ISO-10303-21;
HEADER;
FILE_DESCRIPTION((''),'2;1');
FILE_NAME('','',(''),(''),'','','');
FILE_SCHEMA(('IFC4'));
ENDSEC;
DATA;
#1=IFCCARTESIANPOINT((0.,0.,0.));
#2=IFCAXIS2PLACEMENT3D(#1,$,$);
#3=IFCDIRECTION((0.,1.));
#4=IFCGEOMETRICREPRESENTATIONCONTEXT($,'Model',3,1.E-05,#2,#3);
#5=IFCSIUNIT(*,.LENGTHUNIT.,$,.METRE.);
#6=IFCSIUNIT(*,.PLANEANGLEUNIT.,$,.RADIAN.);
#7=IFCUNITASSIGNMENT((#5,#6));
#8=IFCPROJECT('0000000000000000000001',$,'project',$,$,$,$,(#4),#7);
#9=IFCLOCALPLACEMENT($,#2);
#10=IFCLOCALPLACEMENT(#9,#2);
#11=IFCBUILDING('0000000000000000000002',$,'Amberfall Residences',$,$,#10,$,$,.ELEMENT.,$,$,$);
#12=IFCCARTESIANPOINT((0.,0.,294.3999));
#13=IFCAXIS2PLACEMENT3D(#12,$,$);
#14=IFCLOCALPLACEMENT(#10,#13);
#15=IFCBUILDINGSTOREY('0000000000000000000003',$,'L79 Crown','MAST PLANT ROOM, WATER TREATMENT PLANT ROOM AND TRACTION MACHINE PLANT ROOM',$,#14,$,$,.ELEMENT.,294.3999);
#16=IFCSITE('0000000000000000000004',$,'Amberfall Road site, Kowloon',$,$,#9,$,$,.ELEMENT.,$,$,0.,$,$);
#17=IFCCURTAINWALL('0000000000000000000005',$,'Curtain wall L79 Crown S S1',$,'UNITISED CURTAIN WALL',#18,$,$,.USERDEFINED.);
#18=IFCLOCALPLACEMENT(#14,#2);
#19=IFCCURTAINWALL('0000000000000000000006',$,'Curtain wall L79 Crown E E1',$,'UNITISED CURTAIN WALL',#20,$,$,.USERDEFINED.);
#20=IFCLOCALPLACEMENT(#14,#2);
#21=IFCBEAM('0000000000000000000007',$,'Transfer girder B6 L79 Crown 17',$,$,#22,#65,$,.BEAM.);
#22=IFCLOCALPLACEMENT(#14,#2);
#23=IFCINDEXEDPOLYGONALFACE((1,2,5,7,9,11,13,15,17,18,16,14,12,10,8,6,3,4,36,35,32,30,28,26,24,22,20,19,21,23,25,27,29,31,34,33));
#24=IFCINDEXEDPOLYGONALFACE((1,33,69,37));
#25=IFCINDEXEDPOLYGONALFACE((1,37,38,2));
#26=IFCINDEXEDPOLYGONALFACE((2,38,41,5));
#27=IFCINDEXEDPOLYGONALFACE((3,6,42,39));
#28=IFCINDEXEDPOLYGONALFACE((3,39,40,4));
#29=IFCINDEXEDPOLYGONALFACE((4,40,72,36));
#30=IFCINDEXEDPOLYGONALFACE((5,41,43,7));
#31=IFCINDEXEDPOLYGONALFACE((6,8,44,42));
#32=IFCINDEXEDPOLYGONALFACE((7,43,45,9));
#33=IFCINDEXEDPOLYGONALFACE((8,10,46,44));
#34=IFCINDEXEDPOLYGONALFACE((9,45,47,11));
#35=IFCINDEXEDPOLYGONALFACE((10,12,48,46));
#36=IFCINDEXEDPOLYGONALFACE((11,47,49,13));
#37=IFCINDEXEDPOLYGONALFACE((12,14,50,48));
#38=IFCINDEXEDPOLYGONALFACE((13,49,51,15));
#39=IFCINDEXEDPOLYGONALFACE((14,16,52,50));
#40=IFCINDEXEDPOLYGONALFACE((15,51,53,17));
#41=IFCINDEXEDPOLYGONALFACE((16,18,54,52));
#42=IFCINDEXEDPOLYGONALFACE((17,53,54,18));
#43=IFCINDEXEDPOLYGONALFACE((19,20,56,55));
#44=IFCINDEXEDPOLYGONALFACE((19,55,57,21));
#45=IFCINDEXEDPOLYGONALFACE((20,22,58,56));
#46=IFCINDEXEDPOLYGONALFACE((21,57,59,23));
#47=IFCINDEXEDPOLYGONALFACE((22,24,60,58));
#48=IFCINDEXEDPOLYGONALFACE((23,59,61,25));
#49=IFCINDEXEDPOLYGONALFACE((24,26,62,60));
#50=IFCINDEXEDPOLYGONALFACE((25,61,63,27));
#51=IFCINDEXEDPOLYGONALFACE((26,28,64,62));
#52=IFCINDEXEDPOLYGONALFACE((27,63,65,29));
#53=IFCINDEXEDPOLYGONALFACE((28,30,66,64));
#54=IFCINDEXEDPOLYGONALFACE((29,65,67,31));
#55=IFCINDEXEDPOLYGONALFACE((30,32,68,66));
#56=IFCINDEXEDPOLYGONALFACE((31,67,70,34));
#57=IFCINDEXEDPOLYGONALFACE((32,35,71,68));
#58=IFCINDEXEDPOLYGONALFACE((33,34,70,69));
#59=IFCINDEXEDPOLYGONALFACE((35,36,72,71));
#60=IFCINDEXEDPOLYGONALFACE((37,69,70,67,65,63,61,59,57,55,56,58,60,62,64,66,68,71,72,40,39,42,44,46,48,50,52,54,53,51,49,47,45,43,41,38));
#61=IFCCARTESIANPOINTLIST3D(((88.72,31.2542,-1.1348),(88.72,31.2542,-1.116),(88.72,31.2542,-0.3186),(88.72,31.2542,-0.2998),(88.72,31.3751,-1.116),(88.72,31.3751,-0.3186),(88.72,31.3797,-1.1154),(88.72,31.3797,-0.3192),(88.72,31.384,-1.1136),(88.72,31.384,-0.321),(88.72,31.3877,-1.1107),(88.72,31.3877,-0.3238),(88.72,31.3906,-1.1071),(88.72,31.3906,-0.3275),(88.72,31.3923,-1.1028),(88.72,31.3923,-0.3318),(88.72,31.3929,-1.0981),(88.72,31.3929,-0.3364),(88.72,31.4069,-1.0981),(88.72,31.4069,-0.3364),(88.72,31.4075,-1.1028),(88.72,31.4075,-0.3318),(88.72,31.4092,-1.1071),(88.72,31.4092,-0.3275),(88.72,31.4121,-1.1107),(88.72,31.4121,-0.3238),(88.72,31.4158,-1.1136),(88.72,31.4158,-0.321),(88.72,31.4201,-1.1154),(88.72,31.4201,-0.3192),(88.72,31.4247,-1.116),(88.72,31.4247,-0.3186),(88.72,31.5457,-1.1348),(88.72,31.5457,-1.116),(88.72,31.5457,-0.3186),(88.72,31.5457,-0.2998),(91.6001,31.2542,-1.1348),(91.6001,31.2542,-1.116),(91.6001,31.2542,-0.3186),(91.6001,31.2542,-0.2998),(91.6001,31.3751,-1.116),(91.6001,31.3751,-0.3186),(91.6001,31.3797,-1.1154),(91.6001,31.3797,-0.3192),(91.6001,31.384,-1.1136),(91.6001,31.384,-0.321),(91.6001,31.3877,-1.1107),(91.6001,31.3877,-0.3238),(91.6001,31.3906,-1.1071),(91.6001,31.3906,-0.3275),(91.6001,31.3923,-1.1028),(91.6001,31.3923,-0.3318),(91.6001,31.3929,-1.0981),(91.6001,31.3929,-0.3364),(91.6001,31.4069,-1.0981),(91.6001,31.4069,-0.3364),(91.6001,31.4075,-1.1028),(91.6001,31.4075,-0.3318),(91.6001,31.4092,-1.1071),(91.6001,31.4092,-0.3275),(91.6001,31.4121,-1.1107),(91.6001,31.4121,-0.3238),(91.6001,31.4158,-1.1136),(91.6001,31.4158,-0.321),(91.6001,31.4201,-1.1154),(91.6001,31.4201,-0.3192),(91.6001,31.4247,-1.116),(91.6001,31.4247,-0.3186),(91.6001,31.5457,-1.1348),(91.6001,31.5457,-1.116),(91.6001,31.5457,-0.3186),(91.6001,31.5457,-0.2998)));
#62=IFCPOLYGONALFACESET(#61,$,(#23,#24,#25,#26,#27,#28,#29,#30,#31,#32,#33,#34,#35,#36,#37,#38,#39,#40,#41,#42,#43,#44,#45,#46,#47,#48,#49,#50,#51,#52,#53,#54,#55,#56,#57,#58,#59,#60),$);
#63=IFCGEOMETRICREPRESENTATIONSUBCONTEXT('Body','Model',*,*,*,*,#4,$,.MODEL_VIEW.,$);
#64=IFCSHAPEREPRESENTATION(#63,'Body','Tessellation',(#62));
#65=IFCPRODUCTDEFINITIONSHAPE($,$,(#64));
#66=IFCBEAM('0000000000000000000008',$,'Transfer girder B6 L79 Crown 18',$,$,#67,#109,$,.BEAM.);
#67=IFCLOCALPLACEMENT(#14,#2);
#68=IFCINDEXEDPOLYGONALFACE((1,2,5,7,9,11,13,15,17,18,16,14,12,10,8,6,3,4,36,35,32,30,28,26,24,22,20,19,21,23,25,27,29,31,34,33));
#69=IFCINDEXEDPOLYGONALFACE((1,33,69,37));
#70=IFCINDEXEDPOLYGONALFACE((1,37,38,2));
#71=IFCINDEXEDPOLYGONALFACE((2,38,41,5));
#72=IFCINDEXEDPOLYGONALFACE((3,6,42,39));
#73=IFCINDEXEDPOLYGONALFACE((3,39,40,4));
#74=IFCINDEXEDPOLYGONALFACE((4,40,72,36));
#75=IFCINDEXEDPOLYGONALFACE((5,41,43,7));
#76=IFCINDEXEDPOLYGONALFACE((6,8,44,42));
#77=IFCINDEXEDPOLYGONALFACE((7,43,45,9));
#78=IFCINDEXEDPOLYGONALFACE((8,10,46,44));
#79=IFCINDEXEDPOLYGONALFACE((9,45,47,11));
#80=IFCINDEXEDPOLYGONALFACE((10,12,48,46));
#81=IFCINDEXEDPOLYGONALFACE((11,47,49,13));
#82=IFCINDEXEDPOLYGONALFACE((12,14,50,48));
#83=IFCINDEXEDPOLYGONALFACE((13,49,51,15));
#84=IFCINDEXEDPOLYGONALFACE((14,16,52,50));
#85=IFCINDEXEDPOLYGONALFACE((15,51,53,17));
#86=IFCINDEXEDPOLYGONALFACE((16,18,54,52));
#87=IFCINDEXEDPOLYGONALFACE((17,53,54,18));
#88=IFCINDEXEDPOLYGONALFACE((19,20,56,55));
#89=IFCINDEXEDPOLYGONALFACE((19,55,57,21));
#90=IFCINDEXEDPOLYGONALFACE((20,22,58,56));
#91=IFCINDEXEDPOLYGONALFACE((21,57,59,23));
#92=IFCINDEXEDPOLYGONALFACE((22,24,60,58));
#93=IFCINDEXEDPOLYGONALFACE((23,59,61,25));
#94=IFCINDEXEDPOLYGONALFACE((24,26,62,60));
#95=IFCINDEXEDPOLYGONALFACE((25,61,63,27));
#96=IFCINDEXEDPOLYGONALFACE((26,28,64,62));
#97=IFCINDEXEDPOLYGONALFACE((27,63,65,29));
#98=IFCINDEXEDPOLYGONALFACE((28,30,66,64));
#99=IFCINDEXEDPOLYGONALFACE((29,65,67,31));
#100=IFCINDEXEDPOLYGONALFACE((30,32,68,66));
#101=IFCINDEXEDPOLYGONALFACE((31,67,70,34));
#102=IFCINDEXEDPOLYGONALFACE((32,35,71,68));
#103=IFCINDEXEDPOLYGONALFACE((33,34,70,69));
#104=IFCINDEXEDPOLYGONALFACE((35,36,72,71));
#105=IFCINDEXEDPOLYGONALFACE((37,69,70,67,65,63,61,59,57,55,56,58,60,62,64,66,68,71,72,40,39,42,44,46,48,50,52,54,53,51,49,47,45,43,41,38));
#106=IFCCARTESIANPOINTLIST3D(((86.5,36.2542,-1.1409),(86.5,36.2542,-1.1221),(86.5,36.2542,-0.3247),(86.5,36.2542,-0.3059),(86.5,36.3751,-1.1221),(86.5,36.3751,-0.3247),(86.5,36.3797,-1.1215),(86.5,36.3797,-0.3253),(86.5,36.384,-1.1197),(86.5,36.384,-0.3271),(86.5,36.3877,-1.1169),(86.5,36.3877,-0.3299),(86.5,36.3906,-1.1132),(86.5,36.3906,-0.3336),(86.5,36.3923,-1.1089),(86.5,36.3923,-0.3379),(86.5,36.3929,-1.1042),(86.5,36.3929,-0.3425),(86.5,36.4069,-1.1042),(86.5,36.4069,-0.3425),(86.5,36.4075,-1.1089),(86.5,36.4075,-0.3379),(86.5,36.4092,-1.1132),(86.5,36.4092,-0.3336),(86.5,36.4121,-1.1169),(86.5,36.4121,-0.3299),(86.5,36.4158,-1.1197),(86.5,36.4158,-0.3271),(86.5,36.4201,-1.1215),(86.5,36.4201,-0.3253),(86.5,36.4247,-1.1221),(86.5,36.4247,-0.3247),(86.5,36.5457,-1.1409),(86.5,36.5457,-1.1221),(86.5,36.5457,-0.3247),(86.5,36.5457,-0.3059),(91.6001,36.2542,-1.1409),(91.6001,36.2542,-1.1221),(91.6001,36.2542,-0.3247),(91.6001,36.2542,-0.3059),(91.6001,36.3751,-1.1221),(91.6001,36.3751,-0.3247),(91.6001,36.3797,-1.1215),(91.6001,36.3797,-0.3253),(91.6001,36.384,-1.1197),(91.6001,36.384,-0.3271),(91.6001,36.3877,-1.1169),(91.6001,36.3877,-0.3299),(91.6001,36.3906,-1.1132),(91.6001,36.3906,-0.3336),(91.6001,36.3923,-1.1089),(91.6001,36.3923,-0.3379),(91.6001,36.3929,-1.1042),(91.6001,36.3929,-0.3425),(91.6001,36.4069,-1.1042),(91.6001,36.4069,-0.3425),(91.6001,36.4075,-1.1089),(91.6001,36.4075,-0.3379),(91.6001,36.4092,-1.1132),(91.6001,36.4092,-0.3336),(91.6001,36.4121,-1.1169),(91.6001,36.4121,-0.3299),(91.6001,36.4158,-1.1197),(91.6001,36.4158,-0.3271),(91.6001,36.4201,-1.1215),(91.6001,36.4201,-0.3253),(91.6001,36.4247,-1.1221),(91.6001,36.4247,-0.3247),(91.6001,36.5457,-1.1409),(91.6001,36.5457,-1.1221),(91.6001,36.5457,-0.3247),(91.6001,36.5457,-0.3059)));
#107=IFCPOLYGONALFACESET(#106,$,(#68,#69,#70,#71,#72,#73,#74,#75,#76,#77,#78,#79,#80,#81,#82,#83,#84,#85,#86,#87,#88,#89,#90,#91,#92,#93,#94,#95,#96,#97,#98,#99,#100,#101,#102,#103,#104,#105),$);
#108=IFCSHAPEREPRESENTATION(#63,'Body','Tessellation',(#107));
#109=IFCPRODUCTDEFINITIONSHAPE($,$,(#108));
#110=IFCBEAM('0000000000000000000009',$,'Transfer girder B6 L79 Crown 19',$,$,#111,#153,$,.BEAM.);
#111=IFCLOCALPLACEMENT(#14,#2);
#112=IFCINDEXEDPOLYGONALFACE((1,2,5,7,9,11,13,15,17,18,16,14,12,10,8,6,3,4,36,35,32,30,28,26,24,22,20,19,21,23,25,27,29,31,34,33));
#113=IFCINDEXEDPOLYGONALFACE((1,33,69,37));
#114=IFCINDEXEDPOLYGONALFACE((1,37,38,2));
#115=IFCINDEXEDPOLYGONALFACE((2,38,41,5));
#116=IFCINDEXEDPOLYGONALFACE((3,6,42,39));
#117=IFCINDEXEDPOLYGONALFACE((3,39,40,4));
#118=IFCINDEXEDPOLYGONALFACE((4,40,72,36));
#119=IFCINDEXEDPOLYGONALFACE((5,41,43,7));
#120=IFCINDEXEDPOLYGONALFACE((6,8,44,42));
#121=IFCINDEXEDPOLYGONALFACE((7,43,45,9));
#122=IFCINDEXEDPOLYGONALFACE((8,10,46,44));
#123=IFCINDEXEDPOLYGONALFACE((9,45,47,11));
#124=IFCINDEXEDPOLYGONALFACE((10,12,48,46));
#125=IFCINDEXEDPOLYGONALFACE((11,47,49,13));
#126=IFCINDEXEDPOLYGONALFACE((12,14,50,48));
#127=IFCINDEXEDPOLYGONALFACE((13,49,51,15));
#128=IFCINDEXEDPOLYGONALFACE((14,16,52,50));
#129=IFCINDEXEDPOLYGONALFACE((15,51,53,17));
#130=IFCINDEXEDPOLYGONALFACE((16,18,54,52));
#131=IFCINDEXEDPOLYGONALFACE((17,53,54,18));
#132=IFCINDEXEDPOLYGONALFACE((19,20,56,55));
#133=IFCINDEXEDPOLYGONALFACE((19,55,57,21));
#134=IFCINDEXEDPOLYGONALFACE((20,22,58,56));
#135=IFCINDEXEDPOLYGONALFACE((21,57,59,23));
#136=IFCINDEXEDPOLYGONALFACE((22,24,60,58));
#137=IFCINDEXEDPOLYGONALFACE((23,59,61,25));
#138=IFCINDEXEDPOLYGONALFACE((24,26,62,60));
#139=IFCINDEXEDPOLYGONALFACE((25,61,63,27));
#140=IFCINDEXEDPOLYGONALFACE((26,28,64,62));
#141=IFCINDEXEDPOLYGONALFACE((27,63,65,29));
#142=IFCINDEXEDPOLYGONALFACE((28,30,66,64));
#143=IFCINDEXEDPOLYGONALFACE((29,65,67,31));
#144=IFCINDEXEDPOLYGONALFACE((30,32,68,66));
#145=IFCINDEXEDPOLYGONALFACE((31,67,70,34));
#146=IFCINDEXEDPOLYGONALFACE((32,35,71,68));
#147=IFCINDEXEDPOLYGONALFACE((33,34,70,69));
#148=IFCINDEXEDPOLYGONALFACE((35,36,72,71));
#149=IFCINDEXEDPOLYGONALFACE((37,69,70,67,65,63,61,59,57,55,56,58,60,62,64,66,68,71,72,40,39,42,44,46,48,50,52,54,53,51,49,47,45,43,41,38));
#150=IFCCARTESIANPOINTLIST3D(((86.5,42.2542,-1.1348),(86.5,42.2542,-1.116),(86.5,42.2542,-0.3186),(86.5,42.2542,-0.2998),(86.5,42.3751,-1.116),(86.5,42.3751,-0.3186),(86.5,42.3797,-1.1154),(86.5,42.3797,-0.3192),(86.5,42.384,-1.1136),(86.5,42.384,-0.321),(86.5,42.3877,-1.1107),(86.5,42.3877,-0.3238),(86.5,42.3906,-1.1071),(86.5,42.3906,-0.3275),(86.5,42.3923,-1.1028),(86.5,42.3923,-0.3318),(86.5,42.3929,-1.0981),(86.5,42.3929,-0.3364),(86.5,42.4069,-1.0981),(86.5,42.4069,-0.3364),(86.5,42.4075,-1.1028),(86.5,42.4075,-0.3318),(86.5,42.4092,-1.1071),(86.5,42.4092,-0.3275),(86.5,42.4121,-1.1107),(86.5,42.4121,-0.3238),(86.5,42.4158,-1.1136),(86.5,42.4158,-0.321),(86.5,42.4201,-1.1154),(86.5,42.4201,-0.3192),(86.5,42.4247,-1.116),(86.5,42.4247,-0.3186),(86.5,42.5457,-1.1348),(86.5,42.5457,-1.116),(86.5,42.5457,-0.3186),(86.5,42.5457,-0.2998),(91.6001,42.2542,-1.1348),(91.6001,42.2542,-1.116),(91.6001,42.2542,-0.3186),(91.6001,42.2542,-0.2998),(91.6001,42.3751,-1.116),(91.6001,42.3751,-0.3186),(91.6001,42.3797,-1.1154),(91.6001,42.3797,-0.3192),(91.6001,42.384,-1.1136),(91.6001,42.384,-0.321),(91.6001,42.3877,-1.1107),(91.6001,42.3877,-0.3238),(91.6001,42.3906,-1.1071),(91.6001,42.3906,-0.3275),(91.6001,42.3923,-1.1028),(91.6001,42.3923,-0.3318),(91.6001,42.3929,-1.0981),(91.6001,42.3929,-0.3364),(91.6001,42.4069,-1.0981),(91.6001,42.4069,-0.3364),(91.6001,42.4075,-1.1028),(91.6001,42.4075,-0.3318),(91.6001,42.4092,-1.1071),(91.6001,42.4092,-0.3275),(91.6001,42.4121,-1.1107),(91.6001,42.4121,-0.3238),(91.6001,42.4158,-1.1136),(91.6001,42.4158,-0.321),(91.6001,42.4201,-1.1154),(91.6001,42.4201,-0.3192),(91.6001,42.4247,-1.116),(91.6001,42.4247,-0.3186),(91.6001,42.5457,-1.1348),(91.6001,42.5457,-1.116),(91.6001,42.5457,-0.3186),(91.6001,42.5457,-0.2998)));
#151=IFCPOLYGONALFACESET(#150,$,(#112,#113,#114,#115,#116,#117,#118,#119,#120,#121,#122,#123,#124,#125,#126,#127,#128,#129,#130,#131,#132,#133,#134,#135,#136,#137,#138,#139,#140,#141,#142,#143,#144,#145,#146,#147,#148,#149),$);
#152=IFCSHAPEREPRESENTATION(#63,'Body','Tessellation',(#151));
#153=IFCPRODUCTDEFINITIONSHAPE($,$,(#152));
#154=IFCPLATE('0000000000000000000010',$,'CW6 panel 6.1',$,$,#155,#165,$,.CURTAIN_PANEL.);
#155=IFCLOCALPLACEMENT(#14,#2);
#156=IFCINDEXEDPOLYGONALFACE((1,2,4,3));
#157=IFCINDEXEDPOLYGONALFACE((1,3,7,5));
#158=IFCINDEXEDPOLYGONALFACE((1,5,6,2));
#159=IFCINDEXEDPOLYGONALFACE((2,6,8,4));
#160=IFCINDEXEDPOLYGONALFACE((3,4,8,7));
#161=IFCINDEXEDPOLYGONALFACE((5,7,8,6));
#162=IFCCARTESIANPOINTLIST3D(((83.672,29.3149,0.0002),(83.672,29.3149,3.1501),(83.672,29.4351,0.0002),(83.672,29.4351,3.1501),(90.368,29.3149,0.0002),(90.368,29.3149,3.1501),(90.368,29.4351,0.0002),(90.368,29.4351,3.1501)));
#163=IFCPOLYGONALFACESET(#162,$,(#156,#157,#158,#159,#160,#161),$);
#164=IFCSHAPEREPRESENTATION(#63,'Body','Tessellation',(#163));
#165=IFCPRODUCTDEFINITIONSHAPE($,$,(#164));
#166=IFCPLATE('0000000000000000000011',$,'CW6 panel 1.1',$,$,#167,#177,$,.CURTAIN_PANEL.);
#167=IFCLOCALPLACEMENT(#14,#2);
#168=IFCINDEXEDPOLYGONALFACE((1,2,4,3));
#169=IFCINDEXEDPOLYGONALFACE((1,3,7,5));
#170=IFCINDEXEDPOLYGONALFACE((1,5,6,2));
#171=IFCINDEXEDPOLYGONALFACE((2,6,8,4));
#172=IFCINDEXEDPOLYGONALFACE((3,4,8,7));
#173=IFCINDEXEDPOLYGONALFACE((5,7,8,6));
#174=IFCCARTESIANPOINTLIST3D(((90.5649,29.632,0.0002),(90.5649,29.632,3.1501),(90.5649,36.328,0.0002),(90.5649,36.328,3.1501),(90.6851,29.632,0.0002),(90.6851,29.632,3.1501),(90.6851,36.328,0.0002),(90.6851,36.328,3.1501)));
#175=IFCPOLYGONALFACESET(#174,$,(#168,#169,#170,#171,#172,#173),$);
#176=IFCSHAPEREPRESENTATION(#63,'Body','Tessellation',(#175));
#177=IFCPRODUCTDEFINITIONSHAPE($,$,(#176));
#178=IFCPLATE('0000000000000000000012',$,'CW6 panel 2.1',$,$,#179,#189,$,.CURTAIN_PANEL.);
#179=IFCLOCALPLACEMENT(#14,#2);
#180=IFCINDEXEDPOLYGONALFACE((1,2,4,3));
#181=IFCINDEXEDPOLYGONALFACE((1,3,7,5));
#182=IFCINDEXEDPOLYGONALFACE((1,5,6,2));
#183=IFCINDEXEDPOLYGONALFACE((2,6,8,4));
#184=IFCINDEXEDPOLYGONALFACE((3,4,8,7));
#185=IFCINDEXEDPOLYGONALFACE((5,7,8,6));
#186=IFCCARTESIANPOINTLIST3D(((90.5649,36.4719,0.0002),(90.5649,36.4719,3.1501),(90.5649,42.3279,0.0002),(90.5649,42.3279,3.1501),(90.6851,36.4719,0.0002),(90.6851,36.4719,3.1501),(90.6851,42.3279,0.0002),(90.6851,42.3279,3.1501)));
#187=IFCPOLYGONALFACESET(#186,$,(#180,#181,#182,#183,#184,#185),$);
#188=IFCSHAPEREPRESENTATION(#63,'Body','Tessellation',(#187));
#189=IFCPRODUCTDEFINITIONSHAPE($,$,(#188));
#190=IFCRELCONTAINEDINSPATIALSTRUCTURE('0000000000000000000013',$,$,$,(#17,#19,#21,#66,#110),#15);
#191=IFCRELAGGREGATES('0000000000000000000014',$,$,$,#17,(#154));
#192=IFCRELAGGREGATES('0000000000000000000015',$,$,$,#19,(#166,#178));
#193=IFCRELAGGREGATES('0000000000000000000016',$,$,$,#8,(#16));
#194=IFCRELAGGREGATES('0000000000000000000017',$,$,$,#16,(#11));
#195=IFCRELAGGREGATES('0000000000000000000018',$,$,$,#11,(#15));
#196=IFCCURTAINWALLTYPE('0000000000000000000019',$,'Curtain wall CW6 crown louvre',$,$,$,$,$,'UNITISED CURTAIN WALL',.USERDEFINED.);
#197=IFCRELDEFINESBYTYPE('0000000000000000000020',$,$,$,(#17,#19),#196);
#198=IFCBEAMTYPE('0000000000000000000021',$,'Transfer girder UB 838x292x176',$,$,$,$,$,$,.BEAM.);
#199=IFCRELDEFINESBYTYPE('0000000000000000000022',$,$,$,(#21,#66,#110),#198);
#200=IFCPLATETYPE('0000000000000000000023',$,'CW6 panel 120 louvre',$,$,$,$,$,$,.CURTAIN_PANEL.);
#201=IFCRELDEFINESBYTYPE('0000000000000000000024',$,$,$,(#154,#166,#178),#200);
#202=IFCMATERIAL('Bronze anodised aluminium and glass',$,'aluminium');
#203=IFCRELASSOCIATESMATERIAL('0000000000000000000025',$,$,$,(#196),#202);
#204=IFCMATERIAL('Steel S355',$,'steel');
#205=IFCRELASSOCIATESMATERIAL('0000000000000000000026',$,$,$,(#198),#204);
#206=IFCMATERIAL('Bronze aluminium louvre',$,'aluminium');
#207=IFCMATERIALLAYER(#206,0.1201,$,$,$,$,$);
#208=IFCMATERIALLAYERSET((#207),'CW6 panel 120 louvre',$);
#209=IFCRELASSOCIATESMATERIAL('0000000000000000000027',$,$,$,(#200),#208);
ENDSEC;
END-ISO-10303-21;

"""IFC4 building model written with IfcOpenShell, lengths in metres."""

from ifc_helpers import new_model, si_unit, direction, frame, origin, origin_2d, place, context, subcontext, project, spatial, rectangle, i_section, extrude, material, layer, layer_set, material_profile, profile_set, type_object, element, aggregate, save


model = new_model("IFC4")

# Units and contexts
model_context = context("Model", 3, precision=1e-05, world=origin(), true_north=direction((0.0, 1.0)))
body_context = subcontext(model_context, "Body", "Model", "MODEL_VIEW")
ifc_project = project(units=[si_unit("LENGTHUNIT", "METRE"), si_unit("PLANEANGLEUNIT", "RADIAN")], contexts=[model_context])

# Site, building, storey
site_placement = place(None, origin())
site = spatial("IfcSite", under=ifc_project, at=site_placement, Name="Amberfall Road site, Kowloon", CompositionType="ELEMENT", RefElevation=0.0)
building_placement = place(site_placement, origin())
building = spatial("IfcBuilding", under=site, at=building_placement, Name="Amberfall Residences", CompositionType="ELEMENT")
storey_placement = place(building_placement, frame((0.0, 0.0, 294.3999)))
storey = spatial("IfcBuildingStorey", under=building, at=storey_placement, Name="L79 Crown", Description="MAST PLANT ROOM, WATER TREATMENT PLANT ROOM AND TRACTION MACHINE PLANT ROOM", CompositionType="ELEMENT", Elevation=294.3999)

# Curtain wall
ifc_material_1 = material(Name="Bronze anodised aluminium and glass", Category="aluminium")
curtain_wall_type = type_object("IfcCurtainWallType", Name="Curtain wall CW6 crown louvre", ElementType="UNITISED CURTAIN WALL", PredefinedType="USERDEFINED", material=ifc_material_1)
curtain_wall_1_placement = place(storey_placement, origin())
curtain_wall_1 = element("IfcCurtainWall", 1, at=curtain_wall_1_placement, inside=storey, type_object=curtain_wall_type, Name="Curtain wall L79 Crown S S1", ObjectType="UNITISED CURTAIN WALL", PredefinedType="USERDEFINED")

# Curtain wall
curtain_wall_2_placement = place(storey_placement, origin())
curtain_wall_2 = element("IfcCurtainWall", 2, at=curtain_wall_2_placement, inside=storey, type_object=curtain_wall_type, Name="Curtain wall L79 Crown E E1", ObjectType="UNITISED CURTAIN WALL", PredefinedType="USERDEFINED")

# Beams
ifc_material_2 = material(Name="Steel S355", Category="steel")
ifc_material_profile_1 = material_profile(ifc_material_2, i_section(OverallWidth=0.2915, OverallDepth=0.835, WebThickness=0.0139, FlangeThickness=0.0188, FilletRadius=0.0178, at=origin_2d()), Name="UB 838x292x176")
ifc_profile_set_1 = profile_set([ifc_material_profile_1], Name="Steel S355")
beam_type_1 = type_object("IfcBeamType", Name="Transfer girder UB 838x292x176", PredefinedType="BEAM", material=ifc_profile_set_1)
beam_1_placement = place(storey_placement, frame((91.6001, 31.3999, -0.7173), z_axis=(-1.0, 0.0, 0.0), x_axis=(0.0, -1.0, 0.0)))
element("IfcBeam", 3, at=beam_1_placement, inside=storey, type_object=beam_type_1, Name="Transfer girder B6 L79 Crown 17", PredefinedType="BEAM", context=body_context, shape_type="SweptSolid", body=[
    extrude(i_section(OverallWidth=0.2915, OverallDepth=0.835, WebThickness=0.0139, FlangeThickness=0.0188, FilletRadius=0.0178, at=origin_2d()), origin(), (0.0, 0.0, 1.0), 2.8801),
])
for number, where, z_axis, x_axis, name in (
    (4, (91.6001, 36.3999, -0.7234), (-1.0, 0.0, 0.0), (0.0, -1.0, 0.0), "Transfer girder B6 L79 Crown 18"),
    (5, (91.6001, 42.3999, -0.7173), (-1.0, 0.0, 0.0), (0.0, -1.0, 0.0), "Transfer girder B6 L79 Crown 19"),
):
    element("IfcBeam", number, at=place(storey_placement, frame(where, z_axis=z_axis, x_axis=x_axis)), inside=storey, type_object=beam_type_1, Name=name, PredefinedType="BEAM", context=body_context, shape_type="SweptSolid", body=[
        extrude(i_section(OverallWidth=0.2915, OverallDepth=0.835, WebThickness=0.0139, FlangeThickness=0.0188, FilletRadius=0.0178, at=origin_2d()), origin(), (0.0, 0.0, 1.0), 5.1001),
    ])

# Plates
ifc_material_3 = material(Name="Bronze aluminium louvre", Category="aluminium")
ifc_layer_1 = layer(ifc_material_3, 0.1201)
ifc_layer_set_1 = layer_set([ifc_layer_1], Name="CW6 panel 120 louvre")
plate_type = type_object("IfcPlateType", Name="CW6 panel 120 louvre", PredefinedType="CURTAIN_PANEL", material=ifc_layer_set_1)
plate_1_placement = place(storey_placement, frame((87.02, 29.375, 0.0002), z_axis=(0.0, 0.0, 1.0), x_axis=(1.0, 0.0, 0.0)))
plate_1 = element("IfcPlate", 6, at=plate_1_placement, type_object=plate_type, Name="CW6 panel 6.1", PredefinedType="CURTAIN_PANEL", context=body_context, shape_type="SweptSolid", body=[
    extrude(rectangle(XDim=6.696, YDim=0.1201, at=origin_2d()), origin(), (0.0, 0.0, 1.0), 3.1499),
])
aggregate(curtain_wall_1, [plate_1])
plate_2_placement = place(storey_placement, frame((90.625, 32.98, 0.0002), z_axis=(0.0, 0.0, 1.0), x_axis=(0.0, 1.0, 0.0)))
plate_2 = element("IfcPlate", 7, at=plate_2_placement, type_object=plate_type, Name="CW6 panel 1.1", PredefinedType="CURTAIN_PANEL", context=body_context, shape_type="SweptSolid", body=[
    extrude(rectangle(XDim=6.696, YDim=0.1201, at=origin_2d()), origin(), (0.0, 0.0, 1.0), 3.1499),
])
plate_3_placement = place(storey_placement, frame((90.625, 39.3999, 0.0002), z_axis=(0.0, 0.0, 1.0), x_axis=(0.0, 1.0, 0.0)))
plate_3 = element("IfcPlate", 8, at=plate_3_placement, type_object=plate_type, Name="CW6 panel 2.1", PredefinedType="CURTAIN_PANEL", context=body_context, shape_type="SweptSolid", body=[
    extrude(rectangle(XDim=5.856, YDim=0.1201, at=origin_2d()), origin(), (0.0, 0.0, 1.0), 3.1499),
])
aggregate(curtain_wall_2, [plate_2, plate_3])

save(model, "model.ifc")
